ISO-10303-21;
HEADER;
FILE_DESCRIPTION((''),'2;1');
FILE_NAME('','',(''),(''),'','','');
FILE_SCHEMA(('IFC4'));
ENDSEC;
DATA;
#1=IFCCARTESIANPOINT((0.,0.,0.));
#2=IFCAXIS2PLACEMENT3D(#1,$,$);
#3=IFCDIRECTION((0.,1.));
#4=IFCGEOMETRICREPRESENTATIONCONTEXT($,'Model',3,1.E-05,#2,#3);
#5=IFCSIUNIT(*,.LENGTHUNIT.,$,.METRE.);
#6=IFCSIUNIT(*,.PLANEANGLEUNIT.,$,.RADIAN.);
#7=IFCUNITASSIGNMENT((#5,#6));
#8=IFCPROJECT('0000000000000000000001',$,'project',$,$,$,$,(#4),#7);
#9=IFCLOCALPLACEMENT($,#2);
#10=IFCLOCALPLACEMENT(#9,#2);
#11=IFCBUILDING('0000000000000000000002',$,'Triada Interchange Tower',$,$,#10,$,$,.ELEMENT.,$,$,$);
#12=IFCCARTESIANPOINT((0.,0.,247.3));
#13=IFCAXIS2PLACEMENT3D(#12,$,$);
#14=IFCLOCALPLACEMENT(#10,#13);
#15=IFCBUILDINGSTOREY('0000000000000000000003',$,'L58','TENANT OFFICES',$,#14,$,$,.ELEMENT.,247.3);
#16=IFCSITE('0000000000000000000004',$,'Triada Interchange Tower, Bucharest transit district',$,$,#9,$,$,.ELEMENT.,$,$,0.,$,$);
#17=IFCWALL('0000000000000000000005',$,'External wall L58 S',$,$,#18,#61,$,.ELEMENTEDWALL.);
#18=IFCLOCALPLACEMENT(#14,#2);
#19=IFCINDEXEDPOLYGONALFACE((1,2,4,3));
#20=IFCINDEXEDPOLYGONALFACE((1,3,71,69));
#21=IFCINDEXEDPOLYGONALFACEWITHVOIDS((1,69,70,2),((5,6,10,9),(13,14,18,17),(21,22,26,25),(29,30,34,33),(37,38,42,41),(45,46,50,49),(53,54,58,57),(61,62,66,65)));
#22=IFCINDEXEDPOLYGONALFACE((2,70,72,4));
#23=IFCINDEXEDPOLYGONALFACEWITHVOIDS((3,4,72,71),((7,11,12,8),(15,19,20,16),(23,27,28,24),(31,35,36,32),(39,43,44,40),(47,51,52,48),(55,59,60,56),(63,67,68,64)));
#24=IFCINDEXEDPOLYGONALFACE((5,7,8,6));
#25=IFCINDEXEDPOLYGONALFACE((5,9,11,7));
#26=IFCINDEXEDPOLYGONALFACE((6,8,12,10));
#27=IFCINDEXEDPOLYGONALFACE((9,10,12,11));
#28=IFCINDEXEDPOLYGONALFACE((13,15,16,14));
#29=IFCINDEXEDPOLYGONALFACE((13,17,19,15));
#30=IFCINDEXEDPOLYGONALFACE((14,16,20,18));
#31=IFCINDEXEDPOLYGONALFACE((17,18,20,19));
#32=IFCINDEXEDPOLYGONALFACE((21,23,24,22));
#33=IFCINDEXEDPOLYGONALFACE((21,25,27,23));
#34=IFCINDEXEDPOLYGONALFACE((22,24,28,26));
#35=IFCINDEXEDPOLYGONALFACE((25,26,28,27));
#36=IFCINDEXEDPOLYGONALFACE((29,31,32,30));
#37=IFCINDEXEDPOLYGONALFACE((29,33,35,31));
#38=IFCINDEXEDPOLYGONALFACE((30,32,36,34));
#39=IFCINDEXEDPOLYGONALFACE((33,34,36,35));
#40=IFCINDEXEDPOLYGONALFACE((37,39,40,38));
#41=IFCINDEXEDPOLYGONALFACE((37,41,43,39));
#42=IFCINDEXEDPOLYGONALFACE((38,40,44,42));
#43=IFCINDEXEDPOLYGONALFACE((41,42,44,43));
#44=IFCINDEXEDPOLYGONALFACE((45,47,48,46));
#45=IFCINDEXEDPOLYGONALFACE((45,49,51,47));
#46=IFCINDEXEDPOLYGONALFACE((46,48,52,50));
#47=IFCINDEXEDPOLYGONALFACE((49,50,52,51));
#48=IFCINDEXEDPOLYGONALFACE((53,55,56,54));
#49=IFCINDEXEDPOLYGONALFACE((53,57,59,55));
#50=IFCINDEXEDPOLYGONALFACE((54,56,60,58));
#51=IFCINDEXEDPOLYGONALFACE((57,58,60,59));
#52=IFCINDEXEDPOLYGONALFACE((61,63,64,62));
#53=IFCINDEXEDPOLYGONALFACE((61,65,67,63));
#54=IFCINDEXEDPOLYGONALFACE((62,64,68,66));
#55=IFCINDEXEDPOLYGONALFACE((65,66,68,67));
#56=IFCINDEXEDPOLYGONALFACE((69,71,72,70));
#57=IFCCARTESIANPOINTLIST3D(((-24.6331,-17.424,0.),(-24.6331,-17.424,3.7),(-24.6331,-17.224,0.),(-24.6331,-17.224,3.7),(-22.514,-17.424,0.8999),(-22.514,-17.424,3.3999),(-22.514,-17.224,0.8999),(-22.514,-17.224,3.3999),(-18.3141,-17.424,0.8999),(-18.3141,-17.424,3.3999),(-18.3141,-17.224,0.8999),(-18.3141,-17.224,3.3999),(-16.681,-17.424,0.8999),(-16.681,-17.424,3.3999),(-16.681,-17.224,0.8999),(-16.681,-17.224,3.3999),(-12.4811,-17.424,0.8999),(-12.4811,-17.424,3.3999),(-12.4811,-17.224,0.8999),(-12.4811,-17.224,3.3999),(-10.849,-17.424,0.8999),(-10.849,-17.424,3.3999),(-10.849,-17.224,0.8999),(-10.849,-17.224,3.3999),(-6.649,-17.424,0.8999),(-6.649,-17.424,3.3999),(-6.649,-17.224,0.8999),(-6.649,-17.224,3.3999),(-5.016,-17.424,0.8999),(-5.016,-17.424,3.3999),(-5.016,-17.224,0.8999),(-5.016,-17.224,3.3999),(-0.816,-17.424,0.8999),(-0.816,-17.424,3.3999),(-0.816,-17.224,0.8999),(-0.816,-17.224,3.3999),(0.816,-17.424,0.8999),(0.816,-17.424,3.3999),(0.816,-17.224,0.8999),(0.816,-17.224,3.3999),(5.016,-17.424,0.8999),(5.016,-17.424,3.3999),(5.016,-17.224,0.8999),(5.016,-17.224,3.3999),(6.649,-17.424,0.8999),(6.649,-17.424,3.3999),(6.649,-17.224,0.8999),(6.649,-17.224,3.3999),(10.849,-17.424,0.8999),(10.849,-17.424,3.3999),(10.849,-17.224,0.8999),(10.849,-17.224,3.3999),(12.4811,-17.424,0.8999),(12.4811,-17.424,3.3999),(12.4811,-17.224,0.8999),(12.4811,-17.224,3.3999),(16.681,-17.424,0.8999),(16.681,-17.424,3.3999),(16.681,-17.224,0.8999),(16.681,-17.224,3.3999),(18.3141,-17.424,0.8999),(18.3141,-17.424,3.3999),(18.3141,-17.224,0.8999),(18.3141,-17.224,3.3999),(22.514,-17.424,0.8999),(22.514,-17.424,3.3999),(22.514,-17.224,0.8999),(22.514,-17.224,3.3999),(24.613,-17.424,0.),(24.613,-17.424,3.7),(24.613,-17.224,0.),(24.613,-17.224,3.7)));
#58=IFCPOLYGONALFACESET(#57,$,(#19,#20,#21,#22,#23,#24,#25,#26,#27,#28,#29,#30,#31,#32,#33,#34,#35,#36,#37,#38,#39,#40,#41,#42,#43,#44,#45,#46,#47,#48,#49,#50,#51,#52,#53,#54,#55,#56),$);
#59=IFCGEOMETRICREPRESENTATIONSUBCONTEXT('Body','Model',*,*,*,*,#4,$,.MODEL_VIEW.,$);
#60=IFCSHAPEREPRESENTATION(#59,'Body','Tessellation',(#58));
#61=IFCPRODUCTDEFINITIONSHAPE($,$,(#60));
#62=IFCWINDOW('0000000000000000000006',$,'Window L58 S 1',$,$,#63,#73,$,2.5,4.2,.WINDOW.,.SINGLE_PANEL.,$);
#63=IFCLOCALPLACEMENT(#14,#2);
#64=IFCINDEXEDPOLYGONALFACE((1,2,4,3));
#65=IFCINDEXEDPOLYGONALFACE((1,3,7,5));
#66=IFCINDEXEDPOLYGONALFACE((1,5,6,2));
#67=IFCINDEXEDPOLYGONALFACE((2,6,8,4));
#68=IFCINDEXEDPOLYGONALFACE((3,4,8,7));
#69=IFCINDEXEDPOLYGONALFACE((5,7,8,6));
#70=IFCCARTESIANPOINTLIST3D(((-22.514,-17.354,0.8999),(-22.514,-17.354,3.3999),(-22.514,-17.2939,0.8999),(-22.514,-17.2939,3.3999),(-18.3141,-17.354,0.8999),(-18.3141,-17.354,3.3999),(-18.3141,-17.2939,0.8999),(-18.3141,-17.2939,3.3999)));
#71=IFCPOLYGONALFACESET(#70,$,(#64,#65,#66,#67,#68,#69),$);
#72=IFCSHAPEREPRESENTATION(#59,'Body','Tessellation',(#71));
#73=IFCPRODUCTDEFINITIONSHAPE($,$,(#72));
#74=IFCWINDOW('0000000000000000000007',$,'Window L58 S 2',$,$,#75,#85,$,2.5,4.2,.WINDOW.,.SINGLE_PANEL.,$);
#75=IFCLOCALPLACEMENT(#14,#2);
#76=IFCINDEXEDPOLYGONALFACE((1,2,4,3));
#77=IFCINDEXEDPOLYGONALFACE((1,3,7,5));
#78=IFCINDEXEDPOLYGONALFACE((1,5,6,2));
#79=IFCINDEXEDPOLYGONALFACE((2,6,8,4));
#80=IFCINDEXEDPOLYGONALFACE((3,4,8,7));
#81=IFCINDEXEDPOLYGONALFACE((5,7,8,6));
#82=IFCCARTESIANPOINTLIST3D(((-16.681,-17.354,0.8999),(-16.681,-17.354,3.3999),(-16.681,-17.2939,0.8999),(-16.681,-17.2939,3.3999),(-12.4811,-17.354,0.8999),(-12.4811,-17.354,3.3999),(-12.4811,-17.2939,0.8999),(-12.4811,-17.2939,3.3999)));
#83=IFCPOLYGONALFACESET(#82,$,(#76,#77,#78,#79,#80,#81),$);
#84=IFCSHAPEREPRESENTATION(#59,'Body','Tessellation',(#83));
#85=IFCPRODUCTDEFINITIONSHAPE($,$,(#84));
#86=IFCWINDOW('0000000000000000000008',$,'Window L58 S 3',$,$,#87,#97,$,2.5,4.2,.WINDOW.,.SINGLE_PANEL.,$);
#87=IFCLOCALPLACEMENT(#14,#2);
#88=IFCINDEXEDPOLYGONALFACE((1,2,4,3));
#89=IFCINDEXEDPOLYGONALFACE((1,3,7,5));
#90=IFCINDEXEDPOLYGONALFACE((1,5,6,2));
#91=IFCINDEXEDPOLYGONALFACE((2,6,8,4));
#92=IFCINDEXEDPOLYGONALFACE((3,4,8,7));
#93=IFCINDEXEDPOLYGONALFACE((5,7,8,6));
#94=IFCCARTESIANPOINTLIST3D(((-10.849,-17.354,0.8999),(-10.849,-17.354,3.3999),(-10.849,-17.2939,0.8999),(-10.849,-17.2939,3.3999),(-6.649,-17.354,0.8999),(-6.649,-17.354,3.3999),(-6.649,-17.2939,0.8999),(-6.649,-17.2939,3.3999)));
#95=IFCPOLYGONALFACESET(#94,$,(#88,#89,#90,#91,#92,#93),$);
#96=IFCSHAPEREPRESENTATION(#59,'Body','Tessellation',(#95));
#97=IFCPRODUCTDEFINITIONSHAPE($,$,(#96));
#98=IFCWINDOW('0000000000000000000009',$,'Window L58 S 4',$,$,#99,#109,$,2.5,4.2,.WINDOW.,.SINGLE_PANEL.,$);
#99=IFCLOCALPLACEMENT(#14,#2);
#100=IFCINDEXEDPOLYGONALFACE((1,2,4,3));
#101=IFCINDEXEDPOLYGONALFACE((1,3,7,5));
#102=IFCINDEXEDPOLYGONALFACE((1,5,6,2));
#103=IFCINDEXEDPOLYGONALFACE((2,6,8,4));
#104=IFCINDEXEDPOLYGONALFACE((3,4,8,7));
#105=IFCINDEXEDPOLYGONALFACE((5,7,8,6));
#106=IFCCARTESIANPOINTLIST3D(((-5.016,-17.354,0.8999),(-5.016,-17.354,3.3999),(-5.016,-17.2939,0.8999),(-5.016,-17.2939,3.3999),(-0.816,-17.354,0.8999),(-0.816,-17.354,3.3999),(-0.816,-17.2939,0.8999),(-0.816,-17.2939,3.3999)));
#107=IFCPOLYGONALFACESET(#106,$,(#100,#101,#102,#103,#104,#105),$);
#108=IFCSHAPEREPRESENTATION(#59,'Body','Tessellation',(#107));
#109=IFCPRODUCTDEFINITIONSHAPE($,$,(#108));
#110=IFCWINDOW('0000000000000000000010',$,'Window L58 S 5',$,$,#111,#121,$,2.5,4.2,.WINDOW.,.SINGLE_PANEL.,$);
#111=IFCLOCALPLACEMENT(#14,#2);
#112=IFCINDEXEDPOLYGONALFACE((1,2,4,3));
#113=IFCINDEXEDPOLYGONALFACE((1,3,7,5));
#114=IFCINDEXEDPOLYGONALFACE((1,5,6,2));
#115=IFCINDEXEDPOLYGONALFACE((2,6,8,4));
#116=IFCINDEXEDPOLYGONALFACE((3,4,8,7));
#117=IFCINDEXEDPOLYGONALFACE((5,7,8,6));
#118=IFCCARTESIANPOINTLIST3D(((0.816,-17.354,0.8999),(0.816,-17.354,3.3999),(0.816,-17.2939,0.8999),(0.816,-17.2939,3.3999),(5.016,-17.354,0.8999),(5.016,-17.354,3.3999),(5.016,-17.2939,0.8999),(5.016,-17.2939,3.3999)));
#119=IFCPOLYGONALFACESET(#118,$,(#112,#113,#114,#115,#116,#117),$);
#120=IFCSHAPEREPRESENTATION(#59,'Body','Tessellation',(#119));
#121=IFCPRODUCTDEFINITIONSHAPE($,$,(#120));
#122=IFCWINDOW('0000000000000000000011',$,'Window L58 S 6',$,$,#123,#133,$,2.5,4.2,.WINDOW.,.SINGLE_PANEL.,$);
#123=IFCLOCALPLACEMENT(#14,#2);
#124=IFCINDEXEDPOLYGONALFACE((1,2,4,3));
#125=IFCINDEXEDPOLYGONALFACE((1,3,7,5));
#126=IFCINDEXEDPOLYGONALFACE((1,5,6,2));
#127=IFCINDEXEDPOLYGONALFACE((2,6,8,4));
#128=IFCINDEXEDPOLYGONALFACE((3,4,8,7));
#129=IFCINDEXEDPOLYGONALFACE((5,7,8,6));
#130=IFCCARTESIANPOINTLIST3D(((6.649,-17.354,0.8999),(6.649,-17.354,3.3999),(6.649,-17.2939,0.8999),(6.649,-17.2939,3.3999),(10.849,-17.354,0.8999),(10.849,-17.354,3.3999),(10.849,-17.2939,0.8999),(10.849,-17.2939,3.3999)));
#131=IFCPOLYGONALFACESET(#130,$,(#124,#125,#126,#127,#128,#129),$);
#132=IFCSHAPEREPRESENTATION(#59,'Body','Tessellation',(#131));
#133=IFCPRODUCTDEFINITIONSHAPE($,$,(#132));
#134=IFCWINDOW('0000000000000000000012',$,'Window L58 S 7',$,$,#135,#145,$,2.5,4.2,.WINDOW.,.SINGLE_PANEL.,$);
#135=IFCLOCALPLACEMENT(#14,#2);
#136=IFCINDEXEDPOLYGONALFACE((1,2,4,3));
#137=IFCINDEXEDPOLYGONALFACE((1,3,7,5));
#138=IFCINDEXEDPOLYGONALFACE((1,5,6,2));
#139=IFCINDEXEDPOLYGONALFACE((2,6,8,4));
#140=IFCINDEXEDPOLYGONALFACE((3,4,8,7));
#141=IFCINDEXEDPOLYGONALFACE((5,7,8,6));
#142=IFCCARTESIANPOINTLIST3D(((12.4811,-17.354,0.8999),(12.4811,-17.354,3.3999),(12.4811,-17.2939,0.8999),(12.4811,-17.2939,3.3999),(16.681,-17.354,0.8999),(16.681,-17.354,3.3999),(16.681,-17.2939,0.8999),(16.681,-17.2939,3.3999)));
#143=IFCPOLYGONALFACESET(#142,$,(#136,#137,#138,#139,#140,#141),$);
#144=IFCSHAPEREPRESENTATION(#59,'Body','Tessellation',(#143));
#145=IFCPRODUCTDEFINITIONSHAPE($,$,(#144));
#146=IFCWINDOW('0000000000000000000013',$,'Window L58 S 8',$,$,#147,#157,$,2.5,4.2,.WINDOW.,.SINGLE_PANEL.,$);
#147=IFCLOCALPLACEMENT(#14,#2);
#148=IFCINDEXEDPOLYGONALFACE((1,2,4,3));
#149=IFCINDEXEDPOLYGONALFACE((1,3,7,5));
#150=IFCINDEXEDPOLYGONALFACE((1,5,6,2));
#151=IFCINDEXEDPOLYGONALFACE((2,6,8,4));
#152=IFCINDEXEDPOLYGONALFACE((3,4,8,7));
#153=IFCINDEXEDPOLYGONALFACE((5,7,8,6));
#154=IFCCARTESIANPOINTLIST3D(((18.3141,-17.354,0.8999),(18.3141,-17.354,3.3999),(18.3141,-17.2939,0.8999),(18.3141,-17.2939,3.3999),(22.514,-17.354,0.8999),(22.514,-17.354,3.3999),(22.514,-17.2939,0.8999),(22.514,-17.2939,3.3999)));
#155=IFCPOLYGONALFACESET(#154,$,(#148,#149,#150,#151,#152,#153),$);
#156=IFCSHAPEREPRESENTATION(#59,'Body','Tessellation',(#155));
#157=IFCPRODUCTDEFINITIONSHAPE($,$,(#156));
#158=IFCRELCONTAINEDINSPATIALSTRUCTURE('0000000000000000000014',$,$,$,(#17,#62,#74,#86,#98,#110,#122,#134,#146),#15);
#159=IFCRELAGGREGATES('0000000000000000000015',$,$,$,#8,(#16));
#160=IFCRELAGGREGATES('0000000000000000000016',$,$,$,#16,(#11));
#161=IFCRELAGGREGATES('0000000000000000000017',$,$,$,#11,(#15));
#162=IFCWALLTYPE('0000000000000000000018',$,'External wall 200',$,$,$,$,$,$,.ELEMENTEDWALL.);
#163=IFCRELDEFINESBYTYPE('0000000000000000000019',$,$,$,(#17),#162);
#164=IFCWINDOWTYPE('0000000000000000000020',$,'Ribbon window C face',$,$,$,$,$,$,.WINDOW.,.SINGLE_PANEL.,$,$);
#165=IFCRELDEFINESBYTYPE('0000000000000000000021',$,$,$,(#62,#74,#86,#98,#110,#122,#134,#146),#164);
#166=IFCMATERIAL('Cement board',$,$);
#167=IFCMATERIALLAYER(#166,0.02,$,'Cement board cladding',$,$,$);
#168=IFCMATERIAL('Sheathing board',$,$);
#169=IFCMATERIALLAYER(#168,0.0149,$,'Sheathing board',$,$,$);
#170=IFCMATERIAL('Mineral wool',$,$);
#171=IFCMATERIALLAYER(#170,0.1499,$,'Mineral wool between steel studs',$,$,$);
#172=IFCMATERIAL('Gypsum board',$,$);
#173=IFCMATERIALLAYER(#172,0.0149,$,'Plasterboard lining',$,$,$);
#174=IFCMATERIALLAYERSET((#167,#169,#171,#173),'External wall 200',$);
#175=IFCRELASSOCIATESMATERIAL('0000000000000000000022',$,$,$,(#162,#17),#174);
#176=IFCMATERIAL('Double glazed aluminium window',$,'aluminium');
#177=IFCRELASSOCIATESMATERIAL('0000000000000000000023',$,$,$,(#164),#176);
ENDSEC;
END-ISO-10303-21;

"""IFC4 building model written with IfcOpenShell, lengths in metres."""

from ifc_helpers import new_model, si_unit, direction, frame, frame_2d, origin, place, context, subcontext, project, spatial, rectangle, extrude, material, layer, layer_set, layer_usage, type_object, element, fill, save


model = new_model("IFC4")

# Units and contexts
model_context = context("Model", 3, precision=1e-05, world=origin(), true_north=direction((0.0, 1.0)))
body_context = subcontext(model_context, "Body", "Model", "MODEL_VIEW")
ifc_project = project(units=[si_unit("LENGTHUNIT", "METRE"), si_unit("PLANEANGLEUNIT", "RADIAN")], contexts=[model_context])

# Site, building, storey
site_placement = place(None, origin())
site = spatial("IfcSite", under=ifc_project, at=site_placement, Name="Triada Interchange Tower, Bucharest transit district", CompositionType="ELEMENT", RefElevation=0.0)
building_placement = place(site_placement, origin())
building = spatial("IfcBuilding", under=site, at=building_placement, Name="Triada Interchange Tower", CompositionType="ELEMENT")
storey_placement = place(building_placement, frame((0.0, 0.0, 247.3)))
storey = spatial("IfcBuildingStorey", under=building, at=storey_placement, Name="L58", Description="TENANT OFFICES", CompositionType="ELEMENT", Elevation=247.3)

# Shared definitions
ifc_material_1 = material(Name="Cement board")
ifc_layer_1 = layer(ifc_material_1, 0.02, Name="Cement board cladding")
ifc_material_2 = material(Name="Sheathing board")
ifc_layer_2 = layer(ifc_material_2, 0.0149, Name="Sheathing board")
ifc_material_3 = material(Name="Mineral wool")
ifc_layer_3 = layer(ifc_material_3, 0.1499, Name="Mineral wool between steel studs")
ifc_material_4 = material(Name="Gypsum board")
ifc_layer_4 = layer(ifc_material_4, 0.0149, Name="Plasterboard lining")
ifc_layer_set_1 = layer_set([ifc_layer_1, ifc_layer_2, ifc_layer_3, ifc_layer_4], Name="External wall 200")
ifc_layer_usage = layer_usage(ifc_layer_set_1, "AXIS2", "POSITIVE", -0.1001)
wall_type_1 = type_object("IfcWallType", Name="External wall 200", PredefinedType="ELEMENTEDWALL", material=ifc_layer_set_1)
ifc_material_5 = material(Name="Double glazed aluminium window", Category="aluminium")

# Wall, openings, windows
wall_1_placement = place(storey_placement, frame((-24.6331, -17.324, 0.0), z_axis=(0.0, 0.0, 1.0), x_axis=(1.0, 0.0, 0.0)))
wall_1 = element("IfcWall", 1, at=wall_1_placement, inside=storey, type_object=wall_type_1, material=ifc_layer_usage, Name="External wall L58 S", PredefinedType="ELEMENTEDWALL", context=body_context, shape_type="SweptSolid", body=[
    extrude(rectangle(XDim=49.2461, YDim=0.2, at=frame_2d((24.623, 0.0))), origin(), (0.0, 0.0, 1.0), 3.7),
])
opening_1_placement = place(wall_1_placement, frame((2.1189, 0.0, 0.8999)))
opening_1 = element("IfcOpeningElement", 2, at=opening_1_placement, cuts=wall_1, PredefinedType="OPENING", context=body_context, shape_type="SweptSolid", body=[
    extrude(rectangle(XDim=4.2, YDim=2.5, at=frame_2d((2.1001, 1.25))), frame((0.0, 0.1099, 0.0), z_axis=(0.0, -1.0, 0.0), x_axis=(1.0, 0.0, 0.0)), (0.0, 0.0, 1.0), 0.22),
])
opening_2_placement = place(wall_1_placement, frame((7.9519, 0.0, 0.8999)))
opening_2 = element("IfcOpeningElement", 3, at=opening_2_placement, cuts=wall_1, PredefinedType="OPENING", context=body_context, shape_type="SweptSolid", body=[
    extrude(rectangle(XDim=4.2, YDim=2.5, at=frame_2d((2.1001, 1.25))), frame((0.0, 0.1099, 0.0), z_axis=(0.0, -1.0, 0.0), x_axis=(1.0, 0.0, 0.0)), (0.0, 0.0, 1.0), 0.22),
])
opening_3_placement = place(wall_1_placement, frame((13.7839, 0.0, 0.8999)))
opening_3 = element("IfcOpeningElement", 4, at=opening_3_placement, cuts=wall_1, PredefinedType="OPENING", context=body_context, shape_type="SweptSolid", body=[
    extrude(rectangle(XDim=4.2, YDim=2.5, at=frame_2d((2.1001, 1.25))), frame((0.0, 0.1099, 0.0), z_axis=(0.0, -1.0, 0.0), x_axis=(1.0, 0.0, 0.0)), (0.0, 0.0, 1.0), 0.22),
])
opening_4_placement = place(wall_1_placement, frame((19.6169, 0.0, 0.8999)))
opening_4 = element("IfcOpeningElement", 5, at=opening_4_placement, cuts=wall_1, PredefinedType="OPENING", context=body_context, shape_type="SweptSolid", body=[
    extrude(rectangle(XDim=4.2, YDim=2.5, at=frame_2d((2.1001, 1.25))), frame((0.0, 0.1099, 0.0), z_axis=(0.0, -1.0, 0.0), x_axis=(1.0, 0.0, 0.0)), (0.0, 0.0, 1.0), 0.22),
])
opening_5_placement = place(wall_1_placement, frame((25.449, 0.0, 0.8999)))
opening_5 = element("IfcOpeningElement", 6, at=opening_5_placement, cuts=wall_1, PredefinedType="OPENING", context=body_context, shape_type="SweptSolid", body=[
    extrude(rectangle(XDim=4.2, YDim=2.5, at=frame_2d((2.1001, 1.25))), frame((0.0, 0.1099, 0.0), z_axis=(0.0, -1.0, 0.0), x_axis=(1.0, 0.0, 0.0)), (0.0, 0.0, 1.0), 0.22),
])
opening_6_placement = place(wall_1_placement, frame((31.282, 0.0, 0.8999)))
opening_6 = element("IfcOpeningElement", 7, at=opening_6_placement, cuts=wall_1, PredefinedType="OPENING", context=body_context, shape_type="SweptSolid", body=[
    extrude(rectangle(XDim=4.2, YDim=2.5, at=frame_2d((2.1001, 1.25))), frame((0.0, 0.1099, 0.0), z_axis=(0.0, -1.0, 0.0), x_axis=(1.0, 0.0, 0.0)), (0.0, 0.0, 1.0), 0.22),
])
opening_7_placement = place(wall_1_placement, frame((37.114, 0.0, 0.8999)))
opening_7 = element("IfcOpeningElement", 8, at=opening_7_placement, cuts=wall_1, PredefinedType="OPENING", context=body_context, shape_type="SweptSolid", body=[
    extrude(rectangle(XDim=4.2, YDim=2.5, at=frame_2d((2.1001, 1.25))), frame((0.0, 0.1099, 0.0), z_axis=(0.0, -1.0, 0.0), x_axis=(1.0, 0.0, 0.0)), (0.0, 0.0, 1.0), 0.22),
])
opening_8_placement = place(wall_1_placement, frame((42.947, 0.0, 0.8999)))
opening_8 = element("IfcOpeningElement", 9, at=opening_8_placement, cuts=wall_1, PredefinedType="OPENING", context=body_context, shape_type="SweptSolid", body=[
    extrude(rectangle(XDim=4.2, YDim=2.5, at=frame_2d((2.1001, 1.25))), frame((0.0, 0.1099, 0.0), z_axis=(0.0, -1.0, 0.0), x_axis=(1.0, 0.0, 0.0)), (0.0, 0.0, 1.0), 0.22),
])
window_type_1 = type_object("IfcWindowType", Name="Ribbon window C face", PartitioningType="SINGLE_PANEL", PredefinedType="WINDOW", material=ifc_material_5)
window_1_placement = place(opening_1_placement, origin())
window_1 = element("IfcWindow", 10, at=window_1_placement, inside=storey, type_object=window_type_1, Name="Window L58 S 1", OverallHeight=2.5, OverallWidth=4.2, PartitioningType="SINGLE_PANEL", PredefinedType="WINDOW", context=body_context, shape_type="SweptSolid", body=[
    extrude(rectangle(XDim=4.2, YDim=2.5, at=frame_2d((2.1001, 1.25))), frame((0.0, 0.03, 0.0), z_axis=(0.0, -1.0, 0.0), x_axis=(1.0, 0.0, 0.0)), (0.0, 0.0, 1.0), 0.0601),
])
fill(opening_1, window_1)
window_2_placement = place(opening_2_placement, origin())
window_2 = element("IfcWindow", 11, at=window_2_placement, inside=storey, type_object=window_type_1, Name="Window L58 S 2", OverallHeight=2.5, OverallWidth=4.2, PartitioningType="SINGLE_PANEL", PredefinedType="WINDOW", context=body_context, shape_type="SweptSolid", body=[
    extrude(rectangle(XDim=4.2, YDim=2.5, at=frame_2d((2.1001, 1.25))), frame((0.0, 0.03, 0.0), z_axis=(0.0, -1.0, 0.0), x_axis=(1.0, 0.0, 0.0)), (0.0, 0.0, 1.0), 0.0601),
])
fill(opening_2, window_2)
window_3_placement = place(opening_3_placement, origin())
window_3 = element("IfcWindow", 12, at=window_3_placement, inside=storey, type_object=window_type_1, Name="Window L58 S 3", OverallHeight=2.5, OverallWidth=4.2, PartitioningType="SINGLE_PANEL", PredefinedType="WINDOW", context=body_context, shape_type="SweptSolid", body=[
    extrude(rectangle(XDim=4.2, YDim=2.5, at=frame_2d((2.1001, 1.25))), frame((0.0, 0.03, 0.0), z_axis=(0.0, -1.0, 0.0), x_axis=(1.0, 0.0, 0.0)), (0.0, 0.0, 1.0), 0.0601),
])
fill(opening_3, window_3)
window_4_placement = place(opening_4_placement, origin())
window_4 = element("IfcWindow", 13, at=window_4_placement, inside=storey, type_object=window_type_1, Name="Window L58 S 4", OverallHeight=2.5, OverallWidth=4.2, PartitioningType="SINGLE_PANEL", PredefinedType="WINDOW", context=body_context, shape_type="SweptSolid", body=[
    extrude(rectangle(XDim=4.2, YDim=2.5, at=frame_2d((2.1001, 1.25))), frame((0.0, 0.03, 0.0), z_axis=(0.0, -1.0, 0.0), x_axis=(1.0, 0.0, 0.0)), (0.0, 0.0, 1.0), 0.0601),
])
fill(opening_4, window_4)
window_5_placement = place(opening_5_placement, origin())
window_5 = element("IfcWindow", 14, at=window_5_placement, inside=storey, type_object=window_type_1, Name="Window L58 S 5", OverallHeight=2.5, OverallWidth=4.2, PartitioningType="SINGLE_PANEL", PredefinedType="WINDOW", context=body_context, shape_type="SweptSolid", body=[
    extrude(rectangle(XDim=4.2, YDim=2.5, at=frame_2d((2.1001, 1.25))), frame((0.0, 0.03, 0.0), z_axis=(0.0, -1.0, 0.0), x_axis=(1.0, 0.0, 0.0)), (0.0, 0.0, 1.0), 0.0601),
])
fill(opening_5, window_5)
window_6_placement = place(opening_6_placement, origin())
window_6 = element("IfcWindow", 15, at=window_6_placement, inside=storey, type_object=window_type_1, Name="Window L58 S 6", OverallHeight=2.5, OverallWidth=4.2, PartitioningType="SINGLE_PANEL", PredefinedType="WINDOW", context=body_context, shape_type="SweptSolid", body=[
    extrude(rectangle(XDim=4.2, YDim=2.5, at=frame_2d((2.1001, 1.25))), frame((0.0, 0.03, 0.0), z_axis=(0.0, -1.0, 0.0), x_axis=(1.0, 0.0, 0.0)), (0.0, 0.0, 1.0), 0.0601),
])
fill(opening_6, window_6)
window_7_placement = place(opening_7_placement, origin())
window_7 = element("IfcWindow", 16, at=window_7_placement, inside=storey, type_object=window_type_1, Name="Window L58 S 7", OverallHeight=2.5, OverallWidth=4.2, PartitioningType="SINGLE_PANEL", PredefinedType="WINDOW", context=body_context, shape_type="SweptSolid", body=[
    extrude(rectangle(XDim=4.2, YDim=2.5, at=frame_2d((2.1001, 1.25))), frame((0.0, 0.03, 0.0), z_axis=(0.0, -1.0, 0.0), x_axis=(1.0, 0.0, 0.0)), (0.0, 0.0, 1.0), 0.0601),
])
fill(opening_7, window_7)
window_8_placement = place(opening_8_placement, origin())
window_8 = element("IfcWindow", 17, at=window_8_placement, inside=storey, type_object=window_type_1, Name="Window L58 S 8", OverallHeight=2.5, OverallWidth=4.2, PartitioningType="SINGLE_PANEL", PredefinedType="WINDOW", context=body_context, shape_type="SweptSolid", body=[
    extrude(rectangle(XDim=4.2, YDim=2.5, at=frame_2d((2.1001, 1.25))), frame((0.0, 0.03, 0.0), z_axis=(0.0, -1.0, 0.0), x_axis=(1.0, 0.0, 0.0)), (0.0, 0.0, 1.0), 0.0601),
])
fill(opening_8, window_8)

save(model, "model.ifc")
